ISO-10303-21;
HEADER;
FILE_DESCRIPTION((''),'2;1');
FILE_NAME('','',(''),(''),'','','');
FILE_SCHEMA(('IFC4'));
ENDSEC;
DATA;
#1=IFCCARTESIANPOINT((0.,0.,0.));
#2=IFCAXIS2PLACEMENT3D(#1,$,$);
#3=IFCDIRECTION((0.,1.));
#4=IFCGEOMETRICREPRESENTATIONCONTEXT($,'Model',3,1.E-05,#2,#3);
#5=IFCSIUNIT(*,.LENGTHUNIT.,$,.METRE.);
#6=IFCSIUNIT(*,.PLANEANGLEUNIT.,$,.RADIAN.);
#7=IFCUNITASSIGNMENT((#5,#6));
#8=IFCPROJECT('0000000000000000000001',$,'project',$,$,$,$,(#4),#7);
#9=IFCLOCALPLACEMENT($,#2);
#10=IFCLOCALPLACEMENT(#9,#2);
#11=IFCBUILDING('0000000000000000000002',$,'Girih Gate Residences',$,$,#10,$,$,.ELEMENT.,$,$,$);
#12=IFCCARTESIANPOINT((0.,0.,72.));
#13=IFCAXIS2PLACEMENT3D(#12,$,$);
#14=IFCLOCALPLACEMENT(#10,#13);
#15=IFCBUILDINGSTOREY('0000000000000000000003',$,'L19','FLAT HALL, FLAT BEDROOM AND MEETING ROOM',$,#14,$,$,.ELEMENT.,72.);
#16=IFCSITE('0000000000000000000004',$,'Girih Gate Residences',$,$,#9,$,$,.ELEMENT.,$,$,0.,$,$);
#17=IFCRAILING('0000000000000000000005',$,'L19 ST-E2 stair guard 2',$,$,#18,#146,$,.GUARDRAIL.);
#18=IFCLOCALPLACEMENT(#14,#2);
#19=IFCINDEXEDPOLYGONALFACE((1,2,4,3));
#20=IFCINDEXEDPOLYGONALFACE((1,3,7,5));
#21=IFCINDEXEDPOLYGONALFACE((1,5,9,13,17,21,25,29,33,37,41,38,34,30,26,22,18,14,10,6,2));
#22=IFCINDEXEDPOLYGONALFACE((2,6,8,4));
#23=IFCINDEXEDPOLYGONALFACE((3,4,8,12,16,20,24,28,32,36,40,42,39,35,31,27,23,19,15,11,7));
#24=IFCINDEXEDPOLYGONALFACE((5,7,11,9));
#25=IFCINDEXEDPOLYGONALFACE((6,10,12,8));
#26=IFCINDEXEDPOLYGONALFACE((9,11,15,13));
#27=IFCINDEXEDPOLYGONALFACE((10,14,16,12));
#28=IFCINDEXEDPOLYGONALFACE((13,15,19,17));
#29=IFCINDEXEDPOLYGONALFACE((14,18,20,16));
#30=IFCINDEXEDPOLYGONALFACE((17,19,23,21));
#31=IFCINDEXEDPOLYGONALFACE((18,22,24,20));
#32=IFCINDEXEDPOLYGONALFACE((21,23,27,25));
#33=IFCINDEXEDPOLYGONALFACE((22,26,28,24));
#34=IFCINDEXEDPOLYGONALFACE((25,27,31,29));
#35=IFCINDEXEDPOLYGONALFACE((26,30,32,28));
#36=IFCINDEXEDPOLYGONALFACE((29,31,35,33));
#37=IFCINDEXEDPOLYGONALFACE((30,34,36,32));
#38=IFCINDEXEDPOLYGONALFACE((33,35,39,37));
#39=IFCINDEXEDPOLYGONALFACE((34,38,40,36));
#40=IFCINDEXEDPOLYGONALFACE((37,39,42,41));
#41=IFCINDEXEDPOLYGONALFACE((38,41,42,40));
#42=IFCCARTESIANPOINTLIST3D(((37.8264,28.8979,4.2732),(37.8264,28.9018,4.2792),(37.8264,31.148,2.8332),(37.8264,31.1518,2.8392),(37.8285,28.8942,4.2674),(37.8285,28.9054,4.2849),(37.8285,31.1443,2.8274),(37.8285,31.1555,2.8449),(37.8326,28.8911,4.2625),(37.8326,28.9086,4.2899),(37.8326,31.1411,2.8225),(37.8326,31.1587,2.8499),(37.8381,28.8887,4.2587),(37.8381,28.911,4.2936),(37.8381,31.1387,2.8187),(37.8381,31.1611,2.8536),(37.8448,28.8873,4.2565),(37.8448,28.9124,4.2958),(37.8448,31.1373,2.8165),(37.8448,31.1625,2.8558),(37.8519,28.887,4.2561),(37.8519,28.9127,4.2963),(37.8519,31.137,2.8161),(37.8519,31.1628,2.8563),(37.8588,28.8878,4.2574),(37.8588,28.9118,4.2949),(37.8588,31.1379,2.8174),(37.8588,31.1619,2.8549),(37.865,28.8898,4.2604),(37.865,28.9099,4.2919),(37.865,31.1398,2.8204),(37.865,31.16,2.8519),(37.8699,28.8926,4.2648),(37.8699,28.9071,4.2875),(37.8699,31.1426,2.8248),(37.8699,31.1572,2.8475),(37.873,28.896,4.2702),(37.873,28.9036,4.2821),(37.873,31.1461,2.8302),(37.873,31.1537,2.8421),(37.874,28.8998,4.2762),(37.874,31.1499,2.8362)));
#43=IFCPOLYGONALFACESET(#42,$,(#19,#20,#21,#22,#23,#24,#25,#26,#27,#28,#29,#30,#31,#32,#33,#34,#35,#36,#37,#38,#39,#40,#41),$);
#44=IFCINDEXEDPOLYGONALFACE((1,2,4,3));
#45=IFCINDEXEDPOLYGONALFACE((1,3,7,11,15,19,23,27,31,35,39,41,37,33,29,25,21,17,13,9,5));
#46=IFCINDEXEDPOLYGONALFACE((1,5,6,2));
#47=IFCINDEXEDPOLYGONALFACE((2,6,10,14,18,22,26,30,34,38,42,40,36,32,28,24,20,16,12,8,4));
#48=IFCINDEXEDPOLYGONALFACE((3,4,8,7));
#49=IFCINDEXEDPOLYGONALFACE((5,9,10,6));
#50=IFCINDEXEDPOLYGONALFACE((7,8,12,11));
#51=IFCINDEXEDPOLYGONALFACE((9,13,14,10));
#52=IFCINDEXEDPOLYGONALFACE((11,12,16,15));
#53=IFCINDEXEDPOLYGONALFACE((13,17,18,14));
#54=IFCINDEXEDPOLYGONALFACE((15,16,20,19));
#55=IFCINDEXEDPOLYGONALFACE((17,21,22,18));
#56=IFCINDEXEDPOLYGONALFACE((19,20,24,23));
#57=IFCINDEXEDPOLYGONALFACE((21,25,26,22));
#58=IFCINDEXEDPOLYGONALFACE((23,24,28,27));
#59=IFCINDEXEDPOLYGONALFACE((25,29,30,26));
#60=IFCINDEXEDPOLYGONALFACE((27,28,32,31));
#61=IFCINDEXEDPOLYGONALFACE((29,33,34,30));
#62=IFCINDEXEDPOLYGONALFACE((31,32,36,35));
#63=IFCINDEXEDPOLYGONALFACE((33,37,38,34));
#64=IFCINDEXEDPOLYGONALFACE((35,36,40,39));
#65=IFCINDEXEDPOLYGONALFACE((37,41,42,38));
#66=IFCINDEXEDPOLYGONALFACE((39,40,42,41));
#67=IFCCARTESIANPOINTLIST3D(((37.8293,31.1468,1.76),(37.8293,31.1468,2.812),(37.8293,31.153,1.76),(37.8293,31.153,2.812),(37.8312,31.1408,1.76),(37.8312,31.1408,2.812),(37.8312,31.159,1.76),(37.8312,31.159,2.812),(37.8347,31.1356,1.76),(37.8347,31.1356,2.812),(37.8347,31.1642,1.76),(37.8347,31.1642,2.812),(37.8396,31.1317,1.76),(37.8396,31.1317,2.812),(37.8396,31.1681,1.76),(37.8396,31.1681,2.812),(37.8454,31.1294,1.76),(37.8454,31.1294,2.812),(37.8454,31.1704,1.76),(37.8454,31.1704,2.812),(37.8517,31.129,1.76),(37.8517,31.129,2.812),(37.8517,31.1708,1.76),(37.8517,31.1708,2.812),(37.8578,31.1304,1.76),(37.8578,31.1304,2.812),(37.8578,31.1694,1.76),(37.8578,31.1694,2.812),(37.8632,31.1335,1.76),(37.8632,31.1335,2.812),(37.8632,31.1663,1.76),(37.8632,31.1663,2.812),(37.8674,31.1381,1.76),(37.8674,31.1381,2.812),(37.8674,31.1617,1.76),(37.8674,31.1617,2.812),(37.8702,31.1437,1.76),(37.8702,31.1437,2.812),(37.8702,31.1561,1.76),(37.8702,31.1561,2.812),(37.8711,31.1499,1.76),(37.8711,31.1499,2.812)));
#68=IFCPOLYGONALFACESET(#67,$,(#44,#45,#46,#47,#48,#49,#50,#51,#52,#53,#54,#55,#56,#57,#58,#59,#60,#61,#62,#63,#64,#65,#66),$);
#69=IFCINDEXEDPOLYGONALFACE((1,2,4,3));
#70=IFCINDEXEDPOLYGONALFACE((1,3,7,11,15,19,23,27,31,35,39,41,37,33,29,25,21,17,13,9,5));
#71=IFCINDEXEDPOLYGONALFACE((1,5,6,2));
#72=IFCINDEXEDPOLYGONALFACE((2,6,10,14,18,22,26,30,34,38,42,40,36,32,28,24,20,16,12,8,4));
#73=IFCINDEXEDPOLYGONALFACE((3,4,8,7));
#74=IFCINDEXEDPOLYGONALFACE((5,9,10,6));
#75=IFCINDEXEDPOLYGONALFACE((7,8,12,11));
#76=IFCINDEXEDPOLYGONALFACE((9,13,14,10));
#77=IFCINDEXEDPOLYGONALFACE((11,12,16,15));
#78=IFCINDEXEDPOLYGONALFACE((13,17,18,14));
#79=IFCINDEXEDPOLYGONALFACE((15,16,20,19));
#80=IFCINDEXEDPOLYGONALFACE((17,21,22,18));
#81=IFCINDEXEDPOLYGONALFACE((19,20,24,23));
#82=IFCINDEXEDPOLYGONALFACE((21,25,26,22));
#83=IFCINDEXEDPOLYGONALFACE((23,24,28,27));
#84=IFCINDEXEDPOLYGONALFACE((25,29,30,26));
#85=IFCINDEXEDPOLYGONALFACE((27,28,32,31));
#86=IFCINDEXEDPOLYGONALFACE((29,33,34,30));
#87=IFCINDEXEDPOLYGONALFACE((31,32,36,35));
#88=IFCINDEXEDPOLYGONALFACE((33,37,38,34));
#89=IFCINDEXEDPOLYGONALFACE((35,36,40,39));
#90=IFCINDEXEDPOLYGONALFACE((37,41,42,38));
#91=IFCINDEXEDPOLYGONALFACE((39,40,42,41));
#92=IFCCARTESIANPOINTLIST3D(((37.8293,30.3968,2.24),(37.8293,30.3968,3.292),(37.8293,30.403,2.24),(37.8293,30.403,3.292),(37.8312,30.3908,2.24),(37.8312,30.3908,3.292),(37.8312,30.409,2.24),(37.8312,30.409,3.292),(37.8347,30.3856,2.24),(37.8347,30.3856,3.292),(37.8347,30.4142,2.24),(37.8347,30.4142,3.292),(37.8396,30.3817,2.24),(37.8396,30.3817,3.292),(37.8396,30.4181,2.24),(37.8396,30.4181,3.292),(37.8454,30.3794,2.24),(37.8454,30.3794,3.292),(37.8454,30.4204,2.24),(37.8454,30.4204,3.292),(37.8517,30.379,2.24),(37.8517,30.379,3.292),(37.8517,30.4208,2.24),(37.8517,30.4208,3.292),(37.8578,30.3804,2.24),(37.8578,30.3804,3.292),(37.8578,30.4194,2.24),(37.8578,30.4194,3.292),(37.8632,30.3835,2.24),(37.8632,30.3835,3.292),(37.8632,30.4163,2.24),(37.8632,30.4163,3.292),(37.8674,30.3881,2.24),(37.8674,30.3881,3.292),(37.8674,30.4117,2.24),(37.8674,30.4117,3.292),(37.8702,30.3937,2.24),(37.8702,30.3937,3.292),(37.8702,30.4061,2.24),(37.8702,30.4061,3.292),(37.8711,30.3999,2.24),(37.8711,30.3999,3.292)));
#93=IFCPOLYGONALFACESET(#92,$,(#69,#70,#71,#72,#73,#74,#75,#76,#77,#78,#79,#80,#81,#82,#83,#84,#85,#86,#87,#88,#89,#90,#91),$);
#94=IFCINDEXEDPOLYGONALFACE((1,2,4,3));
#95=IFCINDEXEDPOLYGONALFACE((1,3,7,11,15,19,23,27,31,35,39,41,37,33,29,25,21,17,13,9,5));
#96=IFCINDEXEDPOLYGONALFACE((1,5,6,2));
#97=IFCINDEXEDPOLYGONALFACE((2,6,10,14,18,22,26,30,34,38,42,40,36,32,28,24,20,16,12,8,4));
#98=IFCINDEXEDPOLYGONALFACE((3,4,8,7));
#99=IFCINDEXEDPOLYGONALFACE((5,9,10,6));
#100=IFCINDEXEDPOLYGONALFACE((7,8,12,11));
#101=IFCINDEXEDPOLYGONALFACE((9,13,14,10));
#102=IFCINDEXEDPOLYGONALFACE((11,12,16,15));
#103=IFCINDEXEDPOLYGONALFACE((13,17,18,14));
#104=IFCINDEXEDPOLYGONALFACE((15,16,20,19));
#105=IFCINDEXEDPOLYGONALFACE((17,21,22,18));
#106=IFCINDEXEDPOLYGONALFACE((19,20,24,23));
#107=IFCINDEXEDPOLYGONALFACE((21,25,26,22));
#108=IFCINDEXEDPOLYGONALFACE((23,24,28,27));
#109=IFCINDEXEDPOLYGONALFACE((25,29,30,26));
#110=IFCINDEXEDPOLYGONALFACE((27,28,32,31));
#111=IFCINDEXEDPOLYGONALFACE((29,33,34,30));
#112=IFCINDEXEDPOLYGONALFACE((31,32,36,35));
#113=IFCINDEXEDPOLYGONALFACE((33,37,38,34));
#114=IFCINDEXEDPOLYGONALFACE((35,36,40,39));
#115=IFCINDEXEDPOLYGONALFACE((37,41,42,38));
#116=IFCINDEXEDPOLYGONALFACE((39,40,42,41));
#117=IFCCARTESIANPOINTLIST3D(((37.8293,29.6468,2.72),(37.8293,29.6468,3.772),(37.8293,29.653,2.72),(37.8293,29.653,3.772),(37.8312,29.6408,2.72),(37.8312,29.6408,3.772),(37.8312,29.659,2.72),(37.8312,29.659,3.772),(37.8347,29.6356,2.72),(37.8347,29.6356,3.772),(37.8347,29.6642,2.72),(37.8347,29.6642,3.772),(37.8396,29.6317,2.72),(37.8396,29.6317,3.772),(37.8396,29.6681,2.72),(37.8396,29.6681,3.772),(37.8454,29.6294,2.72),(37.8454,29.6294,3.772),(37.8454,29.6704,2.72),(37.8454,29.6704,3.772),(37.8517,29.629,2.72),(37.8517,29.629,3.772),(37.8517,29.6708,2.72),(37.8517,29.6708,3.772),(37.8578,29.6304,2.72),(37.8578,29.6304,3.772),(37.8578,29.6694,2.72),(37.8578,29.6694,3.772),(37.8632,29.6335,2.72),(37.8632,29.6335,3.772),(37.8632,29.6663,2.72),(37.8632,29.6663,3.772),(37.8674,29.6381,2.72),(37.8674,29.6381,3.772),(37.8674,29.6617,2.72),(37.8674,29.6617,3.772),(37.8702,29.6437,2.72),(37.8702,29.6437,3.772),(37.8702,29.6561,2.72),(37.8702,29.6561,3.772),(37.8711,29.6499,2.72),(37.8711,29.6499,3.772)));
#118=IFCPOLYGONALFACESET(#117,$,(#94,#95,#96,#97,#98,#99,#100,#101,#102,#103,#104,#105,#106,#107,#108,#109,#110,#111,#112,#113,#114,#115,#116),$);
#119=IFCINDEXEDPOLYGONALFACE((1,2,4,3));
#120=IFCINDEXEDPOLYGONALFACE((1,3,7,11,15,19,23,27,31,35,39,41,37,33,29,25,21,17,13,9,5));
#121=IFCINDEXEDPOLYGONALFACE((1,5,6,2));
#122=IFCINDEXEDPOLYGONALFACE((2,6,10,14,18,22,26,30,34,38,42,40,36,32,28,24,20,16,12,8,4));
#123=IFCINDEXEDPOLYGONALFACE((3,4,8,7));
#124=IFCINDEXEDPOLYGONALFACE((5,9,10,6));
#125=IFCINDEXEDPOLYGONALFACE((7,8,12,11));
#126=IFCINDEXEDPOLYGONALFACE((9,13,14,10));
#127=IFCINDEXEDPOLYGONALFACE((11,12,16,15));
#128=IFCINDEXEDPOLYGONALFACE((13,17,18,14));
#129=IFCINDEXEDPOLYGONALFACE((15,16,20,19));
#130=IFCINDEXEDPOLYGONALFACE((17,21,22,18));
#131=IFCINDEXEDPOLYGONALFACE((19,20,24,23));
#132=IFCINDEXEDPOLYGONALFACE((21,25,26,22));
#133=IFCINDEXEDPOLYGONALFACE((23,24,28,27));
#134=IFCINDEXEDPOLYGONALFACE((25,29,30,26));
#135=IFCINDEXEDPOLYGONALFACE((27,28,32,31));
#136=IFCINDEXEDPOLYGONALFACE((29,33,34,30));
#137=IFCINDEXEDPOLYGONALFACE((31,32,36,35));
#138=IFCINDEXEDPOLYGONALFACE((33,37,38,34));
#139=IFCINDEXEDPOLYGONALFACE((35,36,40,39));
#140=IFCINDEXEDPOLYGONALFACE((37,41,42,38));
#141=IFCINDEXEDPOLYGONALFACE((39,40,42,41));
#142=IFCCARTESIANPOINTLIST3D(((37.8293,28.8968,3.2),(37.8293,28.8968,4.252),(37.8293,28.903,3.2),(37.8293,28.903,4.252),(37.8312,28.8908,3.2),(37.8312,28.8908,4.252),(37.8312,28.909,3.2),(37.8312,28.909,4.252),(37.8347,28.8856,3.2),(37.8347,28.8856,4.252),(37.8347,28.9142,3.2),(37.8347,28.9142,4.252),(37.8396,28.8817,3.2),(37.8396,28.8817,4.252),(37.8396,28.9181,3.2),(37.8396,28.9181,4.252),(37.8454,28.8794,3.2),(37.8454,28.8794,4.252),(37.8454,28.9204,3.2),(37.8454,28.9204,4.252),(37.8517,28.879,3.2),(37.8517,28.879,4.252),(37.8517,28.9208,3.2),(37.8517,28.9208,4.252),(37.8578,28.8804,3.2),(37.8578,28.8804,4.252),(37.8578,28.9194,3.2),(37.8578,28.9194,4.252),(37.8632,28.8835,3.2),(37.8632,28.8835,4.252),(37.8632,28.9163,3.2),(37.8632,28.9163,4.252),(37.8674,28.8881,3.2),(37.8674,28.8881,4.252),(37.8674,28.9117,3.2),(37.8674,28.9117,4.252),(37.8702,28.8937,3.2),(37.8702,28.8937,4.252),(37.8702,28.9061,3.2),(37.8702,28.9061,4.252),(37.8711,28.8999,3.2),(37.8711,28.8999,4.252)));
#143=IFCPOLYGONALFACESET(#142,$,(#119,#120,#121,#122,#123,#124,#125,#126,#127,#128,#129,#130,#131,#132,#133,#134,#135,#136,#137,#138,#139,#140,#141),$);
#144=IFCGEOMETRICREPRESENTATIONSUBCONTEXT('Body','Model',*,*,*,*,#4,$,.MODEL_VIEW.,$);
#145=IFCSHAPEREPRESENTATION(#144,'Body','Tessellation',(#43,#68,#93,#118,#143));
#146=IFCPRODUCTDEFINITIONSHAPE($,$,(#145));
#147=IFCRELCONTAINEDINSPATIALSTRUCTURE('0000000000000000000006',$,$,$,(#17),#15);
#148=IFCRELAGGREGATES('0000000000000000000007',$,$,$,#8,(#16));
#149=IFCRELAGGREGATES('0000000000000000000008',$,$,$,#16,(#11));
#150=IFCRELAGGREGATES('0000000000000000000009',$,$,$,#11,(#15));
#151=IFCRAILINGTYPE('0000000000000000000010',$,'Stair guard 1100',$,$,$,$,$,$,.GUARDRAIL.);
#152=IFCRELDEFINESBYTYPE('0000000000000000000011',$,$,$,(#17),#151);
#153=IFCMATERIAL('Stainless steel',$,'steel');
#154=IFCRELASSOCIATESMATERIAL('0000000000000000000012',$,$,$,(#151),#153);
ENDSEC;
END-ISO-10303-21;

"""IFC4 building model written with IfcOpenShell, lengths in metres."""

from ifc_helpers import new_model, si_unit, direction, frame, origin, origin_2d, place, context, subcontext, project, spatial, circle, extrude, material, type_object, element, save


model = new_model("IFC4")

# Units and contexts
model_context = context("Model", 3, precision=1e-05, world=origin(), true_north=direction((0.0, 1.0)))
body_context = subcontext(model_context, "Body", "Model", "MODEL_VIEW")
ifc_project = project(units=[si_unit("LENGTHUNIT", "METRE"), si_unit("PLANEANGLEUNIT", "RADIAN")], contexts=[model_context])

# Site, building, storey
site_placement = place(None, origin())
site = spatial("IfcSite", under=ifc_project, at=site_placement, Name="Girih Gate Residences", CompositionType="ELEMENT", RefElevation=0.0)
building_placement = place(site_placement, origin())
building = spatial("IfcBuilding", under=site, at=building_placement, Name="Girih Gate Residences", CompositionType="ELEMENT")
storey_placement = place(building_placement, frame((0.0, 0.0, 72.0)))
storey = spatial("IfcBuildingStorey", under=building, at=storey_placement, Name="L19", Description="FLAT HALL, FLAT BEDROOM AND MEETING ROOM", CompositionType="ELEMENT", Elevation=72.0)

# Railing
ifc_material_1 = material(Name="Stainless steel", Category="steel")
railing_type_1 = type_object("IfcRailingType", Name="Stair guard 1100", PredefinedType="GUARDRAIL", material=ifc_material_1)
railing_1_placement = place(storey_placement, frame((37.8501, 31.1499, 1.76)))
element("IfcRailing", 1, at=railing_1_placement, inside=storey, type_object=railing_type_1, Name="L19 ST-E2 stair guard 2", PredefinedType="GUARDRAIL", context=body_context, shape_type="SweptSolid", body=[
    extrude(circle(Radius=0.0239, at=origin_2d()), frame((0.0, 0.0, 1.0762), z_axis=(0.0, -0.842281, 0.539038), x_axis=(1.0, 0.0, 0.0)), (0.0, 0.0, 1.0), 2.6714),
    extrude(circle(Radius=0.021, at=origin_2d()), origin(), (0.0, 0.0, 1.0), 1.052),
    extrude(circle(Radius=0.021, at=origin_2d()), frame((0.0, -0.75, 0.48)), (0.0, 0.0, 1.0), 1.052),
    extrude(circle(Radius=0.021, at=origin_2d()), frame((0.0, -1.5, 0.96)), (0.0, 0.0, 1.0), 1.052),
    extrude(circle(Radius=0.021, at=origin_2d()), frame((0.0, -2.25, 1.4399)), (0.0, 0.0, 1.0), 1.052),
])

save(model, "model.ifc")
